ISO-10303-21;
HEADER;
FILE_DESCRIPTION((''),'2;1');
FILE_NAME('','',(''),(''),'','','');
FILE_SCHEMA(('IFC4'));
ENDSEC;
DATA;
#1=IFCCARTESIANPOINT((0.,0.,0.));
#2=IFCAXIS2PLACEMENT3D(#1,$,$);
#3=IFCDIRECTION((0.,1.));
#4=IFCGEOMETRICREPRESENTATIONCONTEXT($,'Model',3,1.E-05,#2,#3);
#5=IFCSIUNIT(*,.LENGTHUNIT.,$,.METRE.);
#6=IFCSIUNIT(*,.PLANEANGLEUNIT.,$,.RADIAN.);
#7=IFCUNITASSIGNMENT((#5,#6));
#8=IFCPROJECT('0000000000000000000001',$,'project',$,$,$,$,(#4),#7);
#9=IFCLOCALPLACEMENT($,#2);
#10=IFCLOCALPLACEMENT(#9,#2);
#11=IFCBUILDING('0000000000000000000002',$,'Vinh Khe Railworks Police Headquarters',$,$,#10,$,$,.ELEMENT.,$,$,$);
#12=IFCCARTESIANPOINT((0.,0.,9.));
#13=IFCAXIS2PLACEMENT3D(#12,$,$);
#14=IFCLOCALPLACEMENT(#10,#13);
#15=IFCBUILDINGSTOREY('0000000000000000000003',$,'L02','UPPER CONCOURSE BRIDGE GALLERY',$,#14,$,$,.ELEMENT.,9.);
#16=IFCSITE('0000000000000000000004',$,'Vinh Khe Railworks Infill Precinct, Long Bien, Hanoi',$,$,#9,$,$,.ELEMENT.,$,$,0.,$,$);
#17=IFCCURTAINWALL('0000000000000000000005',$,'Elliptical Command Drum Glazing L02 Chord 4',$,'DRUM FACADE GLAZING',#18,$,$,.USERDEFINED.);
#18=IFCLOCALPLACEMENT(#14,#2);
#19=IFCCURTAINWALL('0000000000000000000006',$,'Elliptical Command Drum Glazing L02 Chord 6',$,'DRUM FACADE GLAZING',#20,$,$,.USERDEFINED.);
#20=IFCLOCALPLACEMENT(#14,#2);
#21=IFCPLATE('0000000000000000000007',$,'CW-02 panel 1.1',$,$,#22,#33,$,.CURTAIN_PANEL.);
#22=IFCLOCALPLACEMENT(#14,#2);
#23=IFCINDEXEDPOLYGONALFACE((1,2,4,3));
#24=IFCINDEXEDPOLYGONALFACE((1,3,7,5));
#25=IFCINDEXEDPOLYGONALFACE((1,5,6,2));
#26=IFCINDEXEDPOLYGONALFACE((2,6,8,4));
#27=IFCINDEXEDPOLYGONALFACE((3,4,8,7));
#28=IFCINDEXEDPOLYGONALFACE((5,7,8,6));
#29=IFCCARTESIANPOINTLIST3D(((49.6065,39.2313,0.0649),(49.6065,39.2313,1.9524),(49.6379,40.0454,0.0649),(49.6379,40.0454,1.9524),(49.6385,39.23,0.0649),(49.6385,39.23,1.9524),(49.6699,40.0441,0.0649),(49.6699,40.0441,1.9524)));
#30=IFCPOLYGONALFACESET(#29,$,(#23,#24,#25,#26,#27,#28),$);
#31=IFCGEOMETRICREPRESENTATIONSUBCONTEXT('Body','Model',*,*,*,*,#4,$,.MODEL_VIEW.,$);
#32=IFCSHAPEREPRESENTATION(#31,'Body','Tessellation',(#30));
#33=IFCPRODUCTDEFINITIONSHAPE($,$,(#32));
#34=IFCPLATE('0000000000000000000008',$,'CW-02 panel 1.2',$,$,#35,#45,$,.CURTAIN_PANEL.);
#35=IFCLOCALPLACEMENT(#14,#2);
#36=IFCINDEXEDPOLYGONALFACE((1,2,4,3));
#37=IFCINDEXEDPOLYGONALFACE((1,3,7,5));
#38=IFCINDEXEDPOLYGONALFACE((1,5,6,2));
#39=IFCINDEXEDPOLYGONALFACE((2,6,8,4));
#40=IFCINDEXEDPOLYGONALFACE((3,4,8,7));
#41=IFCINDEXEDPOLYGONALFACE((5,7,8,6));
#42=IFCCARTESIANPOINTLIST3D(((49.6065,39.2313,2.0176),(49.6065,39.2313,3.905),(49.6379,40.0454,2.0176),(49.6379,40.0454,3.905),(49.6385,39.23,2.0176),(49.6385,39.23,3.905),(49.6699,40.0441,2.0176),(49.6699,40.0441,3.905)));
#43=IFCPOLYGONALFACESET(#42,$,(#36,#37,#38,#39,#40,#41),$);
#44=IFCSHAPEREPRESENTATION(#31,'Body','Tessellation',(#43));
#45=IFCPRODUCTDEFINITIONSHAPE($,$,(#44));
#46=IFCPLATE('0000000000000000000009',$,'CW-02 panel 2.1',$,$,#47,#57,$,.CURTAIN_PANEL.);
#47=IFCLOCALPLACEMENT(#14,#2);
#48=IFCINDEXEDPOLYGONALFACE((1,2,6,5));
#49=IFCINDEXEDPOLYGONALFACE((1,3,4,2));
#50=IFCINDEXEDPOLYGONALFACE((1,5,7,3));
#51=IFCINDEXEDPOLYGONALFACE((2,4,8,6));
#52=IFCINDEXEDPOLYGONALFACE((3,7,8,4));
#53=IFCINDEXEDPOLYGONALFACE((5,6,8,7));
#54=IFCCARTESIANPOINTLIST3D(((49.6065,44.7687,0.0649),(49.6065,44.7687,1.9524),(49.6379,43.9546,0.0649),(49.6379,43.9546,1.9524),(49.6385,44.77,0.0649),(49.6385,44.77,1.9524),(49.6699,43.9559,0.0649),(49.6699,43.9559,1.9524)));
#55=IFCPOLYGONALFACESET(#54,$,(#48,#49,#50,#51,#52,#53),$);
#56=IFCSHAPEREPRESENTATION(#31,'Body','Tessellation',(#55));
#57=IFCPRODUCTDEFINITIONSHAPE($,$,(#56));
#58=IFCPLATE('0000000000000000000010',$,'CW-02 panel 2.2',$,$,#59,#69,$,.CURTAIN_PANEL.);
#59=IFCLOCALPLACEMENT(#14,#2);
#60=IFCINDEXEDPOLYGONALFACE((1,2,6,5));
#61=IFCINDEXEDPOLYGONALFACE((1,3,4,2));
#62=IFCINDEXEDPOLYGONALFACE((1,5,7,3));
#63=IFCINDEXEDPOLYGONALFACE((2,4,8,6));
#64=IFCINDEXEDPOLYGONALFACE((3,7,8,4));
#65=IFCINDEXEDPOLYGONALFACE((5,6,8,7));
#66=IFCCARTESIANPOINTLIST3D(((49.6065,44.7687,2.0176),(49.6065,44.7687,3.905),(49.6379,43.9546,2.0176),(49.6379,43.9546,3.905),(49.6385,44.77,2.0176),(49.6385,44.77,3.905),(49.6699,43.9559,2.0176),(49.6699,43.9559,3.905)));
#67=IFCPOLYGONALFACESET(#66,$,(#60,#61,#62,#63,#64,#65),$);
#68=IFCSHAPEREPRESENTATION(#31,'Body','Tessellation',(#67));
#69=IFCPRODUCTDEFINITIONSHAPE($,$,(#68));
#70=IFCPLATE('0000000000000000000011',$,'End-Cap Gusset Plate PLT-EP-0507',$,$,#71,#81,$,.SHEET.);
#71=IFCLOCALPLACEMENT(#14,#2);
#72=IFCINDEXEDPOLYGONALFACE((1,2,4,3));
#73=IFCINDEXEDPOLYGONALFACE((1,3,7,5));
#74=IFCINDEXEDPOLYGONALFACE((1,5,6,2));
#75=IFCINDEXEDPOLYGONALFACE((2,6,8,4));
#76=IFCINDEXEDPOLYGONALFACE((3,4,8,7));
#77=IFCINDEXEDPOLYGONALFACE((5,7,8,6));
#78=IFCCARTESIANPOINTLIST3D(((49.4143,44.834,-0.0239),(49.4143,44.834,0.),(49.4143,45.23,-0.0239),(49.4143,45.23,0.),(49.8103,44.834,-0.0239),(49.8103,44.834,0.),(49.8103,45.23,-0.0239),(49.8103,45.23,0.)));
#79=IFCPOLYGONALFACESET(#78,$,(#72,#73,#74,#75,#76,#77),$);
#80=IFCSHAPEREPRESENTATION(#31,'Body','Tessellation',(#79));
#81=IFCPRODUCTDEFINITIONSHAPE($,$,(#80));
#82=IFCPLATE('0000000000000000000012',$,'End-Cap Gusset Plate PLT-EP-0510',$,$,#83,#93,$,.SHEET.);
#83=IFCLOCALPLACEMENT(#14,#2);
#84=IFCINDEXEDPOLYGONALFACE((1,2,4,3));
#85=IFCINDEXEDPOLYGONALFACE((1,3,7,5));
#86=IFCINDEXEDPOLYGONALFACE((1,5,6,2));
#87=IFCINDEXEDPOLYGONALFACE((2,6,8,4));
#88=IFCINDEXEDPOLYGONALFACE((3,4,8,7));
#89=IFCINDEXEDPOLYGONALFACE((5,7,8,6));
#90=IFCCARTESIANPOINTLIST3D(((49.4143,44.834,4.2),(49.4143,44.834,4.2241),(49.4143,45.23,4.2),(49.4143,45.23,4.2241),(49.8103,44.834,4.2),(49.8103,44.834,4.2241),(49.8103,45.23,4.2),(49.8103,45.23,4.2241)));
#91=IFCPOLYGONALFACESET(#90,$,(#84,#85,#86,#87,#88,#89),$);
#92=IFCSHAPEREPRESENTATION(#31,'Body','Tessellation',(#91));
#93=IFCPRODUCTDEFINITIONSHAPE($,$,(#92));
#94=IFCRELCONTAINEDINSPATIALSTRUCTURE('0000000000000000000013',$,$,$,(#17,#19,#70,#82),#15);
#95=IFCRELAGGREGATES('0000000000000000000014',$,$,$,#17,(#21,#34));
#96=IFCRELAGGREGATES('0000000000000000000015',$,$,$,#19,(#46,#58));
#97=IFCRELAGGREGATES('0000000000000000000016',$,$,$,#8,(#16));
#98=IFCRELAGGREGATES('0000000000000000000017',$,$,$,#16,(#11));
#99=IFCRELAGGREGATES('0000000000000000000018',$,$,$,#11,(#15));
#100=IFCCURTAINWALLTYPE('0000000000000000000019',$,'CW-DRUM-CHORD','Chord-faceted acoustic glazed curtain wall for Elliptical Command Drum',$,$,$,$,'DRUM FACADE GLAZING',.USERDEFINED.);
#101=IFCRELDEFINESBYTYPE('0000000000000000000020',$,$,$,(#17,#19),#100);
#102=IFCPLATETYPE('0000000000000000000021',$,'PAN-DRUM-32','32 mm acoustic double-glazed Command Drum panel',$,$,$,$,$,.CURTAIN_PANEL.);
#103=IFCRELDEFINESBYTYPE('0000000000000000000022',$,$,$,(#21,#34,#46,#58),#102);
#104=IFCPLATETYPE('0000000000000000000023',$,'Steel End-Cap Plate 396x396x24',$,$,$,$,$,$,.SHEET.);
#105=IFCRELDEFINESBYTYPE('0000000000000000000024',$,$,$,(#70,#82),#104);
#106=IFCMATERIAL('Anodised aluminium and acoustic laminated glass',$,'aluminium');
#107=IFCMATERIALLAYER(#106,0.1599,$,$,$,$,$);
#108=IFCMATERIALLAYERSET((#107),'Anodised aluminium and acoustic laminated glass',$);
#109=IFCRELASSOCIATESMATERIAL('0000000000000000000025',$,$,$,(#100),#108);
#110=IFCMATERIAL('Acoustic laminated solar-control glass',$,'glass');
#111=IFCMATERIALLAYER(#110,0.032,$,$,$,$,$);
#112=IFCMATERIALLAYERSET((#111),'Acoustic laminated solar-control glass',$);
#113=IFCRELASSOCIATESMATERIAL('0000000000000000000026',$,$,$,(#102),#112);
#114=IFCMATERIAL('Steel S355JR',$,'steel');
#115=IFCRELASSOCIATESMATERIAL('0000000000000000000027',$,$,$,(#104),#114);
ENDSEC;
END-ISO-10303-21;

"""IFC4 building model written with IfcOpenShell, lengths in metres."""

from ifc_helpers import new_model, si_unit, direction, frame, origin, origin_2d, place, context, subcontext, project, spatial, rectangle, extrude, material, layer, layer_set, material_profile, profile_set, type_object, element, aggregate, save


model = new_model("IFC4")

# Units and contexts
model_context = context("Model", 3, precision=1e-05, world=origin(), true_north=direction((0.0, 1.0)))
body_context = subcontext(model_context, "Body", "Model", "MODEL_VIEW")
ifc_project = project(units=[si_unit("LENGTHUNIT", "METRE"), si_unit("PLANEANGLEUNIT", "RADIAN")], contexts=[model_context])

# Site, building, storey
site_placement = place(None, origin())
site = spatial("IfcSite", under=ifc_project, at=site_placement, Name="Vinh Khe Railworks Infill Precinct, Long Bien, Hanoi", CompositionType="ELEMENT", RefElevation=0.0)
building_placement = place(site_placement, origin())
building = spatial("IfcBuilding", under=site, at=building_placement, Name="Vinh Khe Railworks Police Headquarters", CompositionType="ELEMENT")
storey_placement = place(building_placement, frame((0.0, 0.0, 9.0)))
storey = spatial("IfcBuildingStorey", under=building, at=storey_placement, Name="L02", Description="UPPER CONCOURSE BRIDGE GALLERY", CompositionType="ELEMENT", Elevation=9.0)

# Shared definitions
ifc_material_1 = material(Name="Steel S355JR", Category="steel")

# Curtain wall
ifc_material_2 = material(Name="Anodised aluminium and acoustic laminated glass", Category="aluminium")
ifc_layer_1 = layer(ifc_material_2, 0.1599)
ifc_layer_set_1 = layer_set([ifc_layer_1], Name="Anodised aluminium and acoustic laminated glass")
curtain_wall_type = type_object("IfcCurtainWallType", Name="CW-DRUM-CHORD", Description="Chord-faceted acoustic glazed curtain wall for Elliptical Command Drum", ElementType="DRUM FACADE GLAZING", PredefinedType="USERDEFINED", material=ifc_layer_set_1)
curtain_wall_1_placement = place(storey_placement, origin())
curtain_wall_1 = element("IfcCurtainWall", 1, at=curtain_wall_1_placement, inside=storey, type_object=curtain_wall_type, Name="Elliptical Command Drum Glazing L02 Chord 4", ObjectType="DRUM FACADE GLAZING", PredefinedType="USERDEFINED")

# Curtain wall
curtain_wall_2_placement = place(storey_placement, origin())
curtain_wall_2 = element("IfcCurtainWall", 2, at=curtain_wall_2_placement, inside=storey, type_object=curtain_wall_type, Name="Elliptical Command Drum Glazing L02 Chord 6", ObjectType="DRUM FACADE GLAZING", PredefinedType="USERDEFINED")

# Plates
ifc_material_3 = material(Name="Acoustic laminated solar-control glass", Category="glass")
ifc_layer_2 = layer(ifc_material_3, 0.032)
ifc_layer_set_2 = layer_set([ifc_layer_2], Name="Acoustic laminated solar-control glass")
plate_type_1 = type_object("IfcPlateType", Name="PAN-DRUM-32", Description="32 mm acoustic double-glazed Command Drum panel", PredefinedType="CURTAIN_PANEL", material=ifc_layer_set_2)
plate_1_placement = place(storey_placement, frame((49.6382, 39.6377, 0.0649), z_axis=(0.0, 0.0, 1.0), x_axis=(0.038513, 0.999258, 0.0)))
plate_1 = element("IfcPlate", 3, at=plate_1_placement, type_object=plate_type_1, Name="CW-02 panel 1.1", PredefinedType="CURTAIN_PANEL", context=body_context, shape_type="SweptSolid", body=[
    extrude(rectangle(XDim=0.8147, YDim=0.032, at=origin_2d()), origin(), (0.0, 0.0, 1.0), 1.8875),
])
plate_2_placement = place(storey_placement, frame((49.6382, 39.6377, 2.0176), z_axis=(0.0, 0.0, 1.0), x_axis=(0.038513, 0.999258, 0.0)))
plate_2 = element("IfcPlate", 4, at=plate_2_placement, type_object=plate_type_1, Name="CW-02 panel 1.2", PredefinedType="CURTAIN_PANEL", context=body_context, shape_type="SweptSolid", body=[
    extrude(rectangle(XDim=0.8147, YDim=0.032, at=origin_2d()), origin(), (0.0, 0.0, 1.0), 1.8875),
])
aggregate(curtain_wall_1, [plate_1, plate_2])
plate_3_placement = place(storey_placement, frame((49.6382, 44.3623, 0.0649), z_axis=(0.0, 0.0, 1.0), x_axis=(-0.038513, 0.999258, 0.0)))
plate_3 = element("IfcPlate", 5, at=plate_3_placement, type_object=plate_type_1, Name="CW-02 panel 2.1", PredefinedType="CURTAIN_PANEL", context=body_context, shape_type="SweptSolid", body=[
    extrude(rectangle(XDim=0.8147, YDim=0.032, at=origin_2d()), origin(), (0.0, 0.0, 1.0), 1.8875),
])
plate_4_placement = place(storey_placement, frame((49.6382, 44.3623, 2.0176), z_axis=(0.0, 0.0, 1.0), x_axis=(-0.038513, 0.999258, 0.0)))
plate_4 = element("IfcPlate", 6, at=plate_4_placement, type_object=plate_type_1, Name="CW-02 panel 2.2", PredefinedType="CURTAIN_PANEL", context=body_context, shape_type="SweptSolid", body=[
    extrude(rectangle(XDim=0.8147, YDim=0.032, at=origin_2d()), origin(), (0.0, 0.0, 1.0), 1.8875),
])
aggregate(curtain_wall_2, [plate_3, plate_4])

# Plates
ifc_material_profile_1 = material_profile(ifc_material_1, rectangle(XDim=0.396, YDim=0.396, at=origin_2d()), Name="PL 396x396")
ifc_profile_set_1 = profile_set([ifc_material_profile_1], Name="Steel S355JR")
plate_type_2 = type_object("IfcPlateType", Name="Steel End-Cap Plate 396x396x24", PredefinedType="SHEET", material=ifc_profile_set_1)
plate_5_placement = place(storey_placement, frame((49.6123, 45.032, 0.0), z_axis=(0.0, 0.0, -1.0), x_axis=(1.0, 0.0, 0.0)))
element("IfcPlate", 7, at=plate_5_placement, inside=storey, type_object=plate_type_2, Name="End-Cap Gusset Plate PLT-EP-0507", PredefinedType="SHEET", context=body_context, shape_type="SweptSolid", body=[
    extrude(rectangle(XDim=0.396, YDim=0.396, at=origin_2d()), origin(), (0.0, 0.0, 1.0), 0.0239),
])
plate_6_placement = place(storey_placement, frame((49.6123, 45.032, 4.2), z_axis=(0.0, 0.0, 1.0), x_axis=(1.0, 0.0, 0.0)))
element("IfcPlate", 8, at=plate_6_placement, inside=storey, type_object=plate_type_2, Name="End-Cap Gusset Plate PLT-EP-0510", PredefinedType="SHEET", context=body_context, shape_type="SweptSolid", body=[
    extrude(rectangle(XDim=0.396, YDim=0.396, at=origin_2d()), origin(), (0.0, 0.0, 1.0), 0.0242),
])

save(model, "model.ifc")
